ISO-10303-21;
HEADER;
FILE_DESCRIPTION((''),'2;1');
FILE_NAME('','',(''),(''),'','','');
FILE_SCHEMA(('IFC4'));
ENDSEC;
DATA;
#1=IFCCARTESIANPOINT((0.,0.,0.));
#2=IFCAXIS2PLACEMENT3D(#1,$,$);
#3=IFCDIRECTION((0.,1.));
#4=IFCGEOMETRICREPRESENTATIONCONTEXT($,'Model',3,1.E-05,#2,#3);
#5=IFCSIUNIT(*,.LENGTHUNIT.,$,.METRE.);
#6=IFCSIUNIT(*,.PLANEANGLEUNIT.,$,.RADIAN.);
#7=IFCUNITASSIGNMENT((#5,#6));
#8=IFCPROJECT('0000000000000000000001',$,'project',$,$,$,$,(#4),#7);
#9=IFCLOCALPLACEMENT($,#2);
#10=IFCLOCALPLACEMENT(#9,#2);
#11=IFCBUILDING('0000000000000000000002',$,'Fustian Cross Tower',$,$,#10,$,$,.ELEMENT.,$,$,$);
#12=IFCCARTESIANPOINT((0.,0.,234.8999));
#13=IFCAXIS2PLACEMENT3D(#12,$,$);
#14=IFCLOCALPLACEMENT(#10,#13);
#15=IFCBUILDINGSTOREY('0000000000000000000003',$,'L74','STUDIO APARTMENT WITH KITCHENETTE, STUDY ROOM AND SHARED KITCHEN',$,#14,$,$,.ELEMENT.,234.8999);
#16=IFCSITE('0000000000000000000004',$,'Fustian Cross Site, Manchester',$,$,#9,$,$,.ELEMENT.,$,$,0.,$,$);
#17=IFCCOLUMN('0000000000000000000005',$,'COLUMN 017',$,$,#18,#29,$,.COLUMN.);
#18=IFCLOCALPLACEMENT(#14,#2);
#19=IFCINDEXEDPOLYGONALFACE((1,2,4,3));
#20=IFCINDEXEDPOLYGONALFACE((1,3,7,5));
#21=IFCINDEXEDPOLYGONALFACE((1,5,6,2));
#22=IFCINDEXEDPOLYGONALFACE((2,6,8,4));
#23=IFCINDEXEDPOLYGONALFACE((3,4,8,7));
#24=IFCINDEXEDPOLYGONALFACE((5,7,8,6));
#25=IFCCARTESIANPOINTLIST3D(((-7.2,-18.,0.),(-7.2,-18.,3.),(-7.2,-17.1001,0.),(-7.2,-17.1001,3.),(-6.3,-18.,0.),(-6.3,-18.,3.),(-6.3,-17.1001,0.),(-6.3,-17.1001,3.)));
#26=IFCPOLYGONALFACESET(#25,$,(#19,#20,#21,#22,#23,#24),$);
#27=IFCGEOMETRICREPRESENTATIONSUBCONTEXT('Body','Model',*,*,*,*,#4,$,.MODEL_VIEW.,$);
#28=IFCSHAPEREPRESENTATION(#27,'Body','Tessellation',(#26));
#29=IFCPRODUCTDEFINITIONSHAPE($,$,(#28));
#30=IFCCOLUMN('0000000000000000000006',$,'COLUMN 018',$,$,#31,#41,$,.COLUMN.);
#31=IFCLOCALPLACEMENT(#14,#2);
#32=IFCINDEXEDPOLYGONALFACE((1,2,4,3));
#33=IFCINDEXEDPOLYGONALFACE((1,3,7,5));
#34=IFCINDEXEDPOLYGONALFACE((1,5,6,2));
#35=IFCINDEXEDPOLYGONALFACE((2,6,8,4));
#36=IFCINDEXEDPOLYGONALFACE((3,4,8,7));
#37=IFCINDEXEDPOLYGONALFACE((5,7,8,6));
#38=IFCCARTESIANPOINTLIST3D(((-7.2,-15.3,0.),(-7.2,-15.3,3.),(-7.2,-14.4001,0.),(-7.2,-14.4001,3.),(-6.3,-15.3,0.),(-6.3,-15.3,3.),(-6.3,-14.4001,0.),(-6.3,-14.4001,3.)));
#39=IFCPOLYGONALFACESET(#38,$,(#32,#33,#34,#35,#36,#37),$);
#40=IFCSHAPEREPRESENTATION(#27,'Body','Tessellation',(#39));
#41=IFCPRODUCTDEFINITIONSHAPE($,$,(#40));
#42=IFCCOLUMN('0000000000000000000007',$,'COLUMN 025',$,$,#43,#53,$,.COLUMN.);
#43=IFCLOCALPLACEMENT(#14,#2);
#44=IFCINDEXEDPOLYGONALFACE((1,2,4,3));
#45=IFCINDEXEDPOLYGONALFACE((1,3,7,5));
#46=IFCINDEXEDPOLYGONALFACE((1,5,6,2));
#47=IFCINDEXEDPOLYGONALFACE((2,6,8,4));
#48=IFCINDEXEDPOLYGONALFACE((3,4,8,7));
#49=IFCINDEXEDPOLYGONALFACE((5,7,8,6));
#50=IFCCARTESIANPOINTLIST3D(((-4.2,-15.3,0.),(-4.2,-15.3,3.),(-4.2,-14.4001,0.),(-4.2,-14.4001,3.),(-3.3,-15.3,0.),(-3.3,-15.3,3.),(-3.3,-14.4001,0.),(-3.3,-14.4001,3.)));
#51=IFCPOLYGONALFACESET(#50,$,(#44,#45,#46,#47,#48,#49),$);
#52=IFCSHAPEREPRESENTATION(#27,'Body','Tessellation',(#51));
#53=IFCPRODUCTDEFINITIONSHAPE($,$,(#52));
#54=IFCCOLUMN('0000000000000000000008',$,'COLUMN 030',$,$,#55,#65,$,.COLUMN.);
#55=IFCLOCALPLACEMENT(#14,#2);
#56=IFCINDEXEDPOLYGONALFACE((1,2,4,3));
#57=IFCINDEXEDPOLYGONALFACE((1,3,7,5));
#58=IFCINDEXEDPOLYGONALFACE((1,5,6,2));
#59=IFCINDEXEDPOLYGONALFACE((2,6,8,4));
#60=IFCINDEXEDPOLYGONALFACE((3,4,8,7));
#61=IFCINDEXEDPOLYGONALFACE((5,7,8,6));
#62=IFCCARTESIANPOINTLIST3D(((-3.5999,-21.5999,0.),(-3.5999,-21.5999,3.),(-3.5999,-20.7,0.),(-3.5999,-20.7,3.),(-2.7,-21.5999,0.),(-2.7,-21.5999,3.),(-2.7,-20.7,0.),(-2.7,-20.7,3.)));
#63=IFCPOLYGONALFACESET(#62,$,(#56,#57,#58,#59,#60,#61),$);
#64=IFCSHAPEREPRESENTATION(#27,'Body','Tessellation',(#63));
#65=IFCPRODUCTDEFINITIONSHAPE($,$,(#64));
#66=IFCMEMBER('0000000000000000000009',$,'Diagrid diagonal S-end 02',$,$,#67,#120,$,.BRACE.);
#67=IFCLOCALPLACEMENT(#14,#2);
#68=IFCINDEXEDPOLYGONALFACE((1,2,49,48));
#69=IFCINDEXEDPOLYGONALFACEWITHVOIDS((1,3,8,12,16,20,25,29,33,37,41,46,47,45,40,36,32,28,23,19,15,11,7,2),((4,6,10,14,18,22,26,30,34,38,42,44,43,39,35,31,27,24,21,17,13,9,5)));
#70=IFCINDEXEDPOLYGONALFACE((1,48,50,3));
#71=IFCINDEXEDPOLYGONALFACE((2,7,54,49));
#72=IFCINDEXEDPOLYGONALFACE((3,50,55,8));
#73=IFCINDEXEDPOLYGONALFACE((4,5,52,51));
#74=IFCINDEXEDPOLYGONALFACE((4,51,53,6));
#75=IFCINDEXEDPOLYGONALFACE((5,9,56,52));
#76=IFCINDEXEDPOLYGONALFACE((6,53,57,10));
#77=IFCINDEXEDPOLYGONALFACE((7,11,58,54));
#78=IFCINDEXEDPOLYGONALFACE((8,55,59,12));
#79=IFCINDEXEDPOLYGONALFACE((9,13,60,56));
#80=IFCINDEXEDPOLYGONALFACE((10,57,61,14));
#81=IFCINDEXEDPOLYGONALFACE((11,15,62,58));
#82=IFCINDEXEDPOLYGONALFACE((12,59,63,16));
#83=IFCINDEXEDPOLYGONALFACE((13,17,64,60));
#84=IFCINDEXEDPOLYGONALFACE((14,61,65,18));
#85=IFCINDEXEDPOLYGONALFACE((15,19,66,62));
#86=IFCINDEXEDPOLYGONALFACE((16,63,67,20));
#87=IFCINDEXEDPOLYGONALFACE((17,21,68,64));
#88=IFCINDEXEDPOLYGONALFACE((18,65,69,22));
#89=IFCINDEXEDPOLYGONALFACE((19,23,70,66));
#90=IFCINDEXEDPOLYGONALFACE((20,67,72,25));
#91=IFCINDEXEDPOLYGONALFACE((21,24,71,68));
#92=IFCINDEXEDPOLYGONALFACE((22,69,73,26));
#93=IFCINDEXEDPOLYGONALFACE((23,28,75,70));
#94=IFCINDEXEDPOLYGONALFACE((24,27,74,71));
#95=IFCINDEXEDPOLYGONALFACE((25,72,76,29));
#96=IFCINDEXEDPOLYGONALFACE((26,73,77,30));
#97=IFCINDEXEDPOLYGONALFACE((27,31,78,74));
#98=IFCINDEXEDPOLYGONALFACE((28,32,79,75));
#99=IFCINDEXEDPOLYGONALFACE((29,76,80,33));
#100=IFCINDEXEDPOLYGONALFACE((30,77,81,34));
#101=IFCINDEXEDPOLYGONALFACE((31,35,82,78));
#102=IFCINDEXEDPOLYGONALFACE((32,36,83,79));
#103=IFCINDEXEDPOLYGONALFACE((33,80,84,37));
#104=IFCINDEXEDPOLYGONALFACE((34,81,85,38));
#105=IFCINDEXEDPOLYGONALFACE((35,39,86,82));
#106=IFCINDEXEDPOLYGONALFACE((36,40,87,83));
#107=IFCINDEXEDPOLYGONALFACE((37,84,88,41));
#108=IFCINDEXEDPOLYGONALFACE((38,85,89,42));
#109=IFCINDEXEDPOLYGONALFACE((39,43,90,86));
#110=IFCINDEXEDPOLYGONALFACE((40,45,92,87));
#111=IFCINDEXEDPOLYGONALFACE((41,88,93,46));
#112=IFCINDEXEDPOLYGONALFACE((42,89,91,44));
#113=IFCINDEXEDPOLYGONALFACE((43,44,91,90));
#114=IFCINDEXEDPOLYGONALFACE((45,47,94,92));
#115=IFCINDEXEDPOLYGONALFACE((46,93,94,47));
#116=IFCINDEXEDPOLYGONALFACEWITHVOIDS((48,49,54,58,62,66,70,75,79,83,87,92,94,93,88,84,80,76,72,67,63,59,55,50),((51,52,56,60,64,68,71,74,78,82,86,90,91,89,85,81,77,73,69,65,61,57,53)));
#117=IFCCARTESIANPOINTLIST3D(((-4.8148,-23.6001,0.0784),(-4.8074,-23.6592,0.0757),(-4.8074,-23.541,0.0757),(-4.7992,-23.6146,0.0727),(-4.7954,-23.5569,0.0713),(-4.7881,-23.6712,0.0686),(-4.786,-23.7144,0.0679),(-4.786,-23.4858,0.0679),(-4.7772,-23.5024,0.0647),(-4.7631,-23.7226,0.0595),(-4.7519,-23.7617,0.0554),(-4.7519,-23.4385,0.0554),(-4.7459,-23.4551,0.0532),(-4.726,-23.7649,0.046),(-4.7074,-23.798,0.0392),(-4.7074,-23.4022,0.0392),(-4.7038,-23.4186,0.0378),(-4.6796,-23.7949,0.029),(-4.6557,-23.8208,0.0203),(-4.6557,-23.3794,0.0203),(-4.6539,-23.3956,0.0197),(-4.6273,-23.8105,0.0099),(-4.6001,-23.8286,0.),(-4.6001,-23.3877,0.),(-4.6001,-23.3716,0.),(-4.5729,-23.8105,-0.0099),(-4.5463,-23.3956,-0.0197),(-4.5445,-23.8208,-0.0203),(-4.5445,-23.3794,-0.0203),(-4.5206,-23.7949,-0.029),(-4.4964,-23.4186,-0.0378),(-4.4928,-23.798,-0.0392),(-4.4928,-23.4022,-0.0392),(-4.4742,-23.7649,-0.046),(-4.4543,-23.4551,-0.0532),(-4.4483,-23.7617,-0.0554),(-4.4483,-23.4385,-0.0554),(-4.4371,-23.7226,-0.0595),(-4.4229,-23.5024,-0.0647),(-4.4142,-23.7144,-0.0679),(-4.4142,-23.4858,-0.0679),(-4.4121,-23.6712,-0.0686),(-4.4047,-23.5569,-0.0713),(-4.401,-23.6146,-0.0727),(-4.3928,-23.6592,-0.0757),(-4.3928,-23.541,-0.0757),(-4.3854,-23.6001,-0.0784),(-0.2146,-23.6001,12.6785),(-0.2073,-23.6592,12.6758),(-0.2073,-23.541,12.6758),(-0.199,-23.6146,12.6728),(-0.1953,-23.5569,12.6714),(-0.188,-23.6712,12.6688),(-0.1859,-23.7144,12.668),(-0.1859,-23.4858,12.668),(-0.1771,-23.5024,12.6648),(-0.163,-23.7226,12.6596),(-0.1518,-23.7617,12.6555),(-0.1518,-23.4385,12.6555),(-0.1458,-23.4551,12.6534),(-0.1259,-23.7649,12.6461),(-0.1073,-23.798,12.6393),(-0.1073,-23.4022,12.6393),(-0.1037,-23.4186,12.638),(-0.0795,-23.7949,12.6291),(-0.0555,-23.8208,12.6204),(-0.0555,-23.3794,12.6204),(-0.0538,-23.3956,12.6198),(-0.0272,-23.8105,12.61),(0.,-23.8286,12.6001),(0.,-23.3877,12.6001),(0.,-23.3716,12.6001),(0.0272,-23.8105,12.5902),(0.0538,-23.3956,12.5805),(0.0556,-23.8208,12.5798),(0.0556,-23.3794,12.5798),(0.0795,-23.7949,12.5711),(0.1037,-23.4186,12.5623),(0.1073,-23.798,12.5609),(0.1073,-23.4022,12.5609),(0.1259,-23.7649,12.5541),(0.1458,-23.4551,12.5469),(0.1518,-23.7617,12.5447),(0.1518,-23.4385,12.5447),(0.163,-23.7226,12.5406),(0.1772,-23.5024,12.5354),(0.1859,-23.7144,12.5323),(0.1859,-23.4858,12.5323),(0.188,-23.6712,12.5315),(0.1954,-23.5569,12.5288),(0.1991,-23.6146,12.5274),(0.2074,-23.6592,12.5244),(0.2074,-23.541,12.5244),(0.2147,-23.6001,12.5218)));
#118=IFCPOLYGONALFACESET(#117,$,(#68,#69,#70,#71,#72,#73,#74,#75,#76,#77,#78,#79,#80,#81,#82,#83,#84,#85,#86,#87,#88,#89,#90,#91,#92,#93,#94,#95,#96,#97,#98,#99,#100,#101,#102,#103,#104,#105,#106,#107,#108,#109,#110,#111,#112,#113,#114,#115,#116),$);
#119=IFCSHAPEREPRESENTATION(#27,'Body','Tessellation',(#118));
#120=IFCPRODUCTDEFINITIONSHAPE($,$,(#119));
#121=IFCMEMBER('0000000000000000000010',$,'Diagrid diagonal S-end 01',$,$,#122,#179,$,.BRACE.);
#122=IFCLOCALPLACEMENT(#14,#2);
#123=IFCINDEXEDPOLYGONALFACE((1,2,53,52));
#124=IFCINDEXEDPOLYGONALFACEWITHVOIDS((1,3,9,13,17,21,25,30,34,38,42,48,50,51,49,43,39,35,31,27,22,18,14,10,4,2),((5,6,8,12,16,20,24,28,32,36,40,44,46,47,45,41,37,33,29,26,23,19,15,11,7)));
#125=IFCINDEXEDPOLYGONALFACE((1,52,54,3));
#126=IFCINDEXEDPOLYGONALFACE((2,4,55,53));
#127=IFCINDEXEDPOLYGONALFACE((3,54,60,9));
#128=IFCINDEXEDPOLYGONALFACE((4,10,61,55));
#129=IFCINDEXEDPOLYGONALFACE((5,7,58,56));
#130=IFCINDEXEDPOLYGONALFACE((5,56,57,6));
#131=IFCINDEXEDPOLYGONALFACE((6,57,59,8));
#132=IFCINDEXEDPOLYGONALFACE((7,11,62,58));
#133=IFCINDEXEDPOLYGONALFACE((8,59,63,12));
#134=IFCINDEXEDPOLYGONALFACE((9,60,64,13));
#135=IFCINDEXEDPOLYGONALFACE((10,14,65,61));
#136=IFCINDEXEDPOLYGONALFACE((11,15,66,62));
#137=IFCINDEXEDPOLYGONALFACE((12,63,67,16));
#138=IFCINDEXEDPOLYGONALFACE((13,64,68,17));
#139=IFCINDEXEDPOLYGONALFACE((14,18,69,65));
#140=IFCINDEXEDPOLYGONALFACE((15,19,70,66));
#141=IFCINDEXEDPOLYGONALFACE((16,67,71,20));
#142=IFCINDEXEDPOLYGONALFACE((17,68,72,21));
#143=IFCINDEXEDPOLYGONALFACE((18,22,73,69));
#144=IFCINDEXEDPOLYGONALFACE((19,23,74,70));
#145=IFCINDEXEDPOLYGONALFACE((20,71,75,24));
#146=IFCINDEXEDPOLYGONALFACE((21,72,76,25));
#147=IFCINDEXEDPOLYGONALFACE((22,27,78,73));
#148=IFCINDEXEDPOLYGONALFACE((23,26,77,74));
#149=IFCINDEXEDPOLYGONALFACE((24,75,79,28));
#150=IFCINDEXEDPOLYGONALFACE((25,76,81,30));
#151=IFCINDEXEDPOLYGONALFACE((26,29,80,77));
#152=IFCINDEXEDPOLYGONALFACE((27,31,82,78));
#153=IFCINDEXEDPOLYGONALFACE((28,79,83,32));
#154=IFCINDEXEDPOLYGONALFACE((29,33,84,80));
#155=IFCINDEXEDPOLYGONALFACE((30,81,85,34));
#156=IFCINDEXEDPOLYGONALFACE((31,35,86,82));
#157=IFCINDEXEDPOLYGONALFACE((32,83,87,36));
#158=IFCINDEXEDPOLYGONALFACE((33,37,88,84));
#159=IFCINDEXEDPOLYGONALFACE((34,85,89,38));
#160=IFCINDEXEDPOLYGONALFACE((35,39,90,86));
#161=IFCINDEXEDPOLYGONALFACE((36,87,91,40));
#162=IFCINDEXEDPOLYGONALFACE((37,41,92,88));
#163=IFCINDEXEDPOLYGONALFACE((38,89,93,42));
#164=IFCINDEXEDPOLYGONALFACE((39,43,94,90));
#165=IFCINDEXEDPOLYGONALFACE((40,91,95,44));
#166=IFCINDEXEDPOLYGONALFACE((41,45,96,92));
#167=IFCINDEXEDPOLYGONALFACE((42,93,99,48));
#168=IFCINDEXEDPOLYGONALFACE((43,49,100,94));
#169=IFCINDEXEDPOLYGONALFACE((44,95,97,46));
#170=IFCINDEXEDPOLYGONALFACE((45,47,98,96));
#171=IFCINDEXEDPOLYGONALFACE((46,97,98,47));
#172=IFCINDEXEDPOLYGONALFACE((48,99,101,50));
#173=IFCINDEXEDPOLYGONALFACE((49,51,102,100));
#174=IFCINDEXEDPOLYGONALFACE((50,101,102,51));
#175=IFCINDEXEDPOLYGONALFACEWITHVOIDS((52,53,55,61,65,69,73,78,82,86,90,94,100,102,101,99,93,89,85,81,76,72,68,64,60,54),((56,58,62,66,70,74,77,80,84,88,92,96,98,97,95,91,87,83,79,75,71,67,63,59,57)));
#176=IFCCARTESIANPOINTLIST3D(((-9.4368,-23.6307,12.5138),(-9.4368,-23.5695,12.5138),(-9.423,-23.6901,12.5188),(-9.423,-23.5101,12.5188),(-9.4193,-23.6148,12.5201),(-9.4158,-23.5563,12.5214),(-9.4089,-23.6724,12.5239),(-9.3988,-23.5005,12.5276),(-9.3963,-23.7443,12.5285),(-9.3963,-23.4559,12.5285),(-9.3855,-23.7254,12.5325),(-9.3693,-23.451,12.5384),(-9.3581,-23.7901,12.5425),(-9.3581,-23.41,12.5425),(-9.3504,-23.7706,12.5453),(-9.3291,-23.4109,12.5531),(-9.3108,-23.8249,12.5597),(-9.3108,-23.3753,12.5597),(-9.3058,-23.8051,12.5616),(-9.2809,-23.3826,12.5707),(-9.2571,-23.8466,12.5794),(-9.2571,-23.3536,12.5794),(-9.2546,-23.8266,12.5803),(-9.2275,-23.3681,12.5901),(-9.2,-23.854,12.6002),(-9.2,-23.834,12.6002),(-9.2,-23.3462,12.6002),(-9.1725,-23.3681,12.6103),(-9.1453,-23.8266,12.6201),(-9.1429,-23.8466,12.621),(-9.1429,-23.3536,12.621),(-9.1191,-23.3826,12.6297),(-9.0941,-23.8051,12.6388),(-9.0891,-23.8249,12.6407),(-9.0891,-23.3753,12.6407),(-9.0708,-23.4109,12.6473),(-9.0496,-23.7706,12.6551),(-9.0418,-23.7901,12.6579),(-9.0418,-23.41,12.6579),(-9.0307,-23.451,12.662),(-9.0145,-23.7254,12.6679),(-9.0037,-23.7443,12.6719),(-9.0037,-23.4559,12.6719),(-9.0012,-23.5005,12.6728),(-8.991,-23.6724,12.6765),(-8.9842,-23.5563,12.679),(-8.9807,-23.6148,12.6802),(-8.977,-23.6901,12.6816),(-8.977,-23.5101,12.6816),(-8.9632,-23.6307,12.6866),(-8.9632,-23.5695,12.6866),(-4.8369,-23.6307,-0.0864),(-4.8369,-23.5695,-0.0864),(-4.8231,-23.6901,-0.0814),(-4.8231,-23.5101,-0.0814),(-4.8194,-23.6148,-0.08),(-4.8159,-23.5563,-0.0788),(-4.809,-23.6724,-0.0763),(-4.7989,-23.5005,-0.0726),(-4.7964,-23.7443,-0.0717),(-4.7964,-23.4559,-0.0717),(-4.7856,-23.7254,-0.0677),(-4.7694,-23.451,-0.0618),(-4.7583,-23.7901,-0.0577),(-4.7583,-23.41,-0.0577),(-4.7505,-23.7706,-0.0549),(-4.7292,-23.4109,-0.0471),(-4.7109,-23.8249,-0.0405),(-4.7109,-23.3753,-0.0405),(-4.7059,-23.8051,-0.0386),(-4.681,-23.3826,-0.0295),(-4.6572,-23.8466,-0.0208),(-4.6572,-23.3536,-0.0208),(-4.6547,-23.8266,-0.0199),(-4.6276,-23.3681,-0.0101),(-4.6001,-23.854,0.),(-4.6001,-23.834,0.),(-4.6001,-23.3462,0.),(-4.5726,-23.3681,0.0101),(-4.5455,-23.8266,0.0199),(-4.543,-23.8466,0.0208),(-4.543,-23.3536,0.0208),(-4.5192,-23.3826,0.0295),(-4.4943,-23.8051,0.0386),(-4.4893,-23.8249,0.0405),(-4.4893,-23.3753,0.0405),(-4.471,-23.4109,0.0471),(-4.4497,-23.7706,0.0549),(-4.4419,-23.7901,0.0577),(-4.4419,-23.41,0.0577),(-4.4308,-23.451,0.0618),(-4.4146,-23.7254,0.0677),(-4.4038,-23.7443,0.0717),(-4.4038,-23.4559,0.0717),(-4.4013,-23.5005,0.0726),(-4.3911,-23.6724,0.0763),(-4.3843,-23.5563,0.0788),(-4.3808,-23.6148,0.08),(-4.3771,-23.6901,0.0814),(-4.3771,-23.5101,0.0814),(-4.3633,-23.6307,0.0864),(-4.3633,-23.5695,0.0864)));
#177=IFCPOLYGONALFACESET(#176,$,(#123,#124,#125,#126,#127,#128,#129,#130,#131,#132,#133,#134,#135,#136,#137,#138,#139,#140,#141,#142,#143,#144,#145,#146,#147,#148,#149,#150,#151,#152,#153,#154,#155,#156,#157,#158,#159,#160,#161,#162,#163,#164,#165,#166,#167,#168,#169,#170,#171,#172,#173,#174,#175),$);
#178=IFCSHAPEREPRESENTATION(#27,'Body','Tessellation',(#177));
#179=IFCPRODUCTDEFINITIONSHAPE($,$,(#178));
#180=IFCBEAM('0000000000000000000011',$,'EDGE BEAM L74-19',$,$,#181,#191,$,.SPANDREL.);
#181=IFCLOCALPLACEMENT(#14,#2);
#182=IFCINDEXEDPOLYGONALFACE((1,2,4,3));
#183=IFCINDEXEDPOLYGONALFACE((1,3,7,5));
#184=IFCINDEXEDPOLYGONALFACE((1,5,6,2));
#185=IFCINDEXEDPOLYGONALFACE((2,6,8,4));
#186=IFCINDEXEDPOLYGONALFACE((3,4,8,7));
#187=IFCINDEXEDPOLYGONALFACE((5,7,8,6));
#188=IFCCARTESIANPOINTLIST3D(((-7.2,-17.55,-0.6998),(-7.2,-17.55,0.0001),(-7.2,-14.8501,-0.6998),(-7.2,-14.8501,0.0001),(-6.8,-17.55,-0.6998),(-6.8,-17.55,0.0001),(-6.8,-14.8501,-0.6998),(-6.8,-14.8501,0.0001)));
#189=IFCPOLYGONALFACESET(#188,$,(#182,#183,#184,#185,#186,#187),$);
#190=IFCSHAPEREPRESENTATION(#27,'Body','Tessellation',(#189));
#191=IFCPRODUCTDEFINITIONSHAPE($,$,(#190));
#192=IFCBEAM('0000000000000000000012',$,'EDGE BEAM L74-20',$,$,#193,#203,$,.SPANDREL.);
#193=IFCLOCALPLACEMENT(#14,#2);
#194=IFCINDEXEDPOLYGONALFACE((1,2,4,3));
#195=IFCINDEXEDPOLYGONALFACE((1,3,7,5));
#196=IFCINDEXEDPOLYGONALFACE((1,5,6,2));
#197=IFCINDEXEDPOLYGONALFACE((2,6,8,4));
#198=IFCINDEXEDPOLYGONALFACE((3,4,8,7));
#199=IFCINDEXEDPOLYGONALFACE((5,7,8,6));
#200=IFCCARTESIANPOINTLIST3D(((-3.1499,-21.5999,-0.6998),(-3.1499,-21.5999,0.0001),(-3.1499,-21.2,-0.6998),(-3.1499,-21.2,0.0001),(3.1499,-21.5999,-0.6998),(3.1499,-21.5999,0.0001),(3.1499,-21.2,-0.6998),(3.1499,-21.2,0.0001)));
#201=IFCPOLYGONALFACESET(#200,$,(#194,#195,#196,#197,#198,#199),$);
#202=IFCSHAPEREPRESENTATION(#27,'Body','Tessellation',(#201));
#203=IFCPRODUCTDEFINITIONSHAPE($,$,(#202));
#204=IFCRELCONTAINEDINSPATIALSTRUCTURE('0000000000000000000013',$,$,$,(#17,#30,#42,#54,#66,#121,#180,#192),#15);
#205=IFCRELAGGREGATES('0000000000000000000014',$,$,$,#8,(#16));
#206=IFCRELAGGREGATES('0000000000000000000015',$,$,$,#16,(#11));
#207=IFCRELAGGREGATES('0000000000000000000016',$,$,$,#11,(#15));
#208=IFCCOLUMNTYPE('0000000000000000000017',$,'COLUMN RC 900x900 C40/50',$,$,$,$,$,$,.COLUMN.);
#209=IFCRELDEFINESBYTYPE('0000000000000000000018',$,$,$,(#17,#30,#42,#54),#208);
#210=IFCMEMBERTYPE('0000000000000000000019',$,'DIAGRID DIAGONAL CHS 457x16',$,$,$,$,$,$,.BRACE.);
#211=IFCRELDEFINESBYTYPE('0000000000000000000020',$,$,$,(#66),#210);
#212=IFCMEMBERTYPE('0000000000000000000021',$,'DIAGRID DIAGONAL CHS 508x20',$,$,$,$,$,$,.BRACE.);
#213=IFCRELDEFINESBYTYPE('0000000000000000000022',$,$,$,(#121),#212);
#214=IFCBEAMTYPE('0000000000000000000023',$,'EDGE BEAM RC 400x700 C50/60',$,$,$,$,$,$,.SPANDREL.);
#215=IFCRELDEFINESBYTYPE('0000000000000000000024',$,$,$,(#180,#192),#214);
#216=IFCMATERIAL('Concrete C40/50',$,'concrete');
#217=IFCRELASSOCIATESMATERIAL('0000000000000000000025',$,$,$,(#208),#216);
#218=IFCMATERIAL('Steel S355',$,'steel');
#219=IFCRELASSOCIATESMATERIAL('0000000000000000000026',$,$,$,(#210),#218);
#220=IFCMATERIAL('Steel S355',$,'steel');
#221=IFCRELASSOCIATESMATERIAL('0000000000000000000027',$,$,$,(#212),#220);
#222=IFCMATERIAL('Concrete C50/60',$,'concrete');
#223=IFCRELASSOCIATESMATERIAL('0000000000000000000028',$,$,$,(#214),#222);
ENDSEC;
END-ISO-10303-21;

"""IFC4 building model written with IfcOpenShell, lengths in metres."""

from ifc_helpers import new_model, si_unit, direction, frame, origin, origin_2d, place, context, subcontext, project, spatial, rectangle, hollow_circle, extrude, material, material_profile, profile_set, type_object, element, save


model = new_model("IFC4")

# Units and contexts
model_context = context("Model", 3, precision=1e-05, world=origin(), true_north=direction((0.0, 1.0)))
body_context = subcontext(model_context, "Body", "Model", "MODEL_VIEW")
ifc_project = project(units=[si_unit("LENGTHUNIT", "METRE"), si_unit("PLANEANGLEUNIT", "RADIAN")], contexts=[model_context])

# Site, building, storey
site_placement = place(None, origin())
site = spatial("IfcSite", under=ifc_project, at=site_placement, Name="Fustian Cross Site, Manchester", CompositionType="ELEMENT", RefElevation=0.0)
building_placement = place(site_placement, origin())
building = spatial("IfcBuilding", under=site, at=building_placement, Name="Fustian Cross Tower", CompositionType="ELEMENT")
storey_placement = place(building_placement, frame((0.0, 0.0, 234.8999)))
storey = spatial("IfcBuildingStorey", under=building, at=storey_placement, Name="L74", Description="STUDIO APARTMENT WITH KITCHENETTE, STUDY ROOM AND SHARED KITCHEN", CompositionType="ELEMENT", Elevation=234.8999)

# Columns
ifc_material_1 = material(Name="Concrete C40/50", Category="concrete")
ifc_material_profile_1 = material_profile(ifc_material_1, rectangle(XDim=0.8999, YDim=0.8999, at=origin_2d()), Name="RC 900x900")
ifc_profile_set_1 = profile_set([ifc_material_profile_1], Name="Concrete C40/50")
column_type = type_object("IfcColumnType", Name="COLUMN RC 900x900 C40/50", PredefinedType="COLUMN", material=ifc_profile_set_1)
for number, where, z_axis, x_axis, name in (
    (1, (-6.75, -17.55, 0.0), (0.0, 0.0, 1.0), (1.0, 0.0, 0.0), "COLUMN 017"),
    (2, (-6.75, -14.8501, 0.0), (0.0, 0.0, 1.0), (1.0, 0.0, 0.0), "COLUMN 018"),
    (3, (-3.75, -14.8501, 0.0), (0.0, 0.0, 1.0), (1.0, 0.0, 0.0), "COLUMN 025"),
    (4, (-3.1499, -21.1499, 0.0), (0.0, 0.0, 1.0), (1.0, 0.0, 0.0), "COLUMN 030"),
):
    element("IfcColumn", number, at=place(storey_placement, frame(where, z_axis=z_axis, x_axis=x_axis)), inside=storey, type_object=column_type, Name=name, PredefinedType="COLUMN", context=body_context, shape_type="SweptSolid", body=[
        extrude(rectangle(XDim=0.8999, YDim=0.8999, at=origin_2d()), origin(), (0.0, 0.0, 1.0), 3.0),
    ])

# Members
ifc_material_2 = material(Name="Steel S355", Category="steel")
ifc_material_profile_2 = material_profile(ifc_material_2, hollow_circle(Radius=0.2285, WallThickness=0.0161, at=origin_2d()), Name="CHS 457x16")
ifc_profile_set_2 = profile_set([ifc_material_profile_2], Name="Steel S355")
member_type_1 = type_object("IfcMemberType", Name="DIAGRID DIAGONAL CHS 457x16", PredefinedType="BRACE", material=ifc_profile_set_2)
member_1_placement = place(storey_placement, frame((-4.6001, -23.6001, 0.0), z_axis=(0.342944, 0.0, 0.939356), x_axis=(0.0, 1.0, 0.0)))
element("IfcMember", 5, at=member_1_placement, inside=storey, type_object=member_type_1, Name="Diagrid diagonal S-end 02", PredefinedType="BRACE", context=body_context, shape_type="SweptSolid", body=[
    extrude(hollow_circle(Radius=0.2285, WallThickness=0.0161, at=origin_2d()), origin(), (0.0, 0.0, 1.0), 13.4136),
])
ifc_material_3 = material(Name="Steel S355", Category="steel")
ifc_material_profile_3 = material_profile(ifc_material_3, hollow_circle(Radius=0.2539, WallThickness=0.02, at=origin_2d()), Name="CHS 508x20")
ifc_profile_set_3 = profile_set([ifc_material_profile_3], Name="Steel S355")
member_type_2 = type_object("IfcMemberType", Name="DIAGRID DIAGONAL CHS 508x20", PredefinedType="BRACE", material=ifc_profile_set_3)
member_2_placement = place(storey_placement, frame((-4.6001, -23.6001, 0.0), z_axis=(-0.342928, 0.0, 0.939362), x_axis=(0.0, -1.0, 0.0)))
element("IfcMember", 6, at=member_2_placement, inside=storey, type_object=member_type_2, Name="Diagrid diagonal S-end 01", PredefinedType="BRACE", context=body_context, shape_type="SweptSolid", body=[
    extrude(hollow_circle(Radius=0.2539, WallThickness=0.02, at=origin_2d()), origin(), (0.0, 0.0, 1.0), 13.4136),
])

# Beams
ifc_material_4 = material(Name="Concrete C50/60", Category="concrete")
ifc_material_profile_4 = material_profile(ifc_material_4, rectangle(XDim=0.3999, YDim=0.7, at=origin_2d()), Name="RC 400x700")
ifc_profile_set_4 = profile_set([ifc_material_profile_4], Name="Concrete C50/60")
beam_type = type_object("IfcBeamType", Name="EDGE BEAM RC 400x700 C50/60", PredefinedType="SPANDREL", material=ifc_profile_set_4)
beam_1_placement = place(storey_placement, frame((-7.0, -14.8501, -0.3499), z_axis=(0.0, -1.0, 0.0), x_axis=(1.0, 0.0, 0.0)))
element("IfcBeam", 7, at=beam_1_placement, inside=storey, type_object=beam_type, Name="EDGE BEAM L74-19", PredefinedType="SPANDREL", context=body_context, shape_type="SweptSolid", body=[
    extrude(rectangle(XDim=0.3999, YDim=0.7, at=origin_2d()), origin(), (0.0, 0.0, 1.0), 2.7),
])
beam_2_placement = place(storey_placement, frame((-3.1499, -21.3999, -0.3499), z_axis=(1.0, 0.0, 0.0), x_axis=(0.0, 1.0, 0.0)))
element("IfcBeam", 8, at=beam_2_placement, inside=storey, type_object=beam_type, Name="EDGE BEAM L74-20", PredefinedType="SPANDREL", context=body_context, shape_type="SweptSolid", body=[
    extrude(rectangle(XDim=0.3999, YDim=0.7, at=origin_2d()), origin(), (0.0, 0.0, 1.0), 6.2998),
])

save(model, "model.ifc")
